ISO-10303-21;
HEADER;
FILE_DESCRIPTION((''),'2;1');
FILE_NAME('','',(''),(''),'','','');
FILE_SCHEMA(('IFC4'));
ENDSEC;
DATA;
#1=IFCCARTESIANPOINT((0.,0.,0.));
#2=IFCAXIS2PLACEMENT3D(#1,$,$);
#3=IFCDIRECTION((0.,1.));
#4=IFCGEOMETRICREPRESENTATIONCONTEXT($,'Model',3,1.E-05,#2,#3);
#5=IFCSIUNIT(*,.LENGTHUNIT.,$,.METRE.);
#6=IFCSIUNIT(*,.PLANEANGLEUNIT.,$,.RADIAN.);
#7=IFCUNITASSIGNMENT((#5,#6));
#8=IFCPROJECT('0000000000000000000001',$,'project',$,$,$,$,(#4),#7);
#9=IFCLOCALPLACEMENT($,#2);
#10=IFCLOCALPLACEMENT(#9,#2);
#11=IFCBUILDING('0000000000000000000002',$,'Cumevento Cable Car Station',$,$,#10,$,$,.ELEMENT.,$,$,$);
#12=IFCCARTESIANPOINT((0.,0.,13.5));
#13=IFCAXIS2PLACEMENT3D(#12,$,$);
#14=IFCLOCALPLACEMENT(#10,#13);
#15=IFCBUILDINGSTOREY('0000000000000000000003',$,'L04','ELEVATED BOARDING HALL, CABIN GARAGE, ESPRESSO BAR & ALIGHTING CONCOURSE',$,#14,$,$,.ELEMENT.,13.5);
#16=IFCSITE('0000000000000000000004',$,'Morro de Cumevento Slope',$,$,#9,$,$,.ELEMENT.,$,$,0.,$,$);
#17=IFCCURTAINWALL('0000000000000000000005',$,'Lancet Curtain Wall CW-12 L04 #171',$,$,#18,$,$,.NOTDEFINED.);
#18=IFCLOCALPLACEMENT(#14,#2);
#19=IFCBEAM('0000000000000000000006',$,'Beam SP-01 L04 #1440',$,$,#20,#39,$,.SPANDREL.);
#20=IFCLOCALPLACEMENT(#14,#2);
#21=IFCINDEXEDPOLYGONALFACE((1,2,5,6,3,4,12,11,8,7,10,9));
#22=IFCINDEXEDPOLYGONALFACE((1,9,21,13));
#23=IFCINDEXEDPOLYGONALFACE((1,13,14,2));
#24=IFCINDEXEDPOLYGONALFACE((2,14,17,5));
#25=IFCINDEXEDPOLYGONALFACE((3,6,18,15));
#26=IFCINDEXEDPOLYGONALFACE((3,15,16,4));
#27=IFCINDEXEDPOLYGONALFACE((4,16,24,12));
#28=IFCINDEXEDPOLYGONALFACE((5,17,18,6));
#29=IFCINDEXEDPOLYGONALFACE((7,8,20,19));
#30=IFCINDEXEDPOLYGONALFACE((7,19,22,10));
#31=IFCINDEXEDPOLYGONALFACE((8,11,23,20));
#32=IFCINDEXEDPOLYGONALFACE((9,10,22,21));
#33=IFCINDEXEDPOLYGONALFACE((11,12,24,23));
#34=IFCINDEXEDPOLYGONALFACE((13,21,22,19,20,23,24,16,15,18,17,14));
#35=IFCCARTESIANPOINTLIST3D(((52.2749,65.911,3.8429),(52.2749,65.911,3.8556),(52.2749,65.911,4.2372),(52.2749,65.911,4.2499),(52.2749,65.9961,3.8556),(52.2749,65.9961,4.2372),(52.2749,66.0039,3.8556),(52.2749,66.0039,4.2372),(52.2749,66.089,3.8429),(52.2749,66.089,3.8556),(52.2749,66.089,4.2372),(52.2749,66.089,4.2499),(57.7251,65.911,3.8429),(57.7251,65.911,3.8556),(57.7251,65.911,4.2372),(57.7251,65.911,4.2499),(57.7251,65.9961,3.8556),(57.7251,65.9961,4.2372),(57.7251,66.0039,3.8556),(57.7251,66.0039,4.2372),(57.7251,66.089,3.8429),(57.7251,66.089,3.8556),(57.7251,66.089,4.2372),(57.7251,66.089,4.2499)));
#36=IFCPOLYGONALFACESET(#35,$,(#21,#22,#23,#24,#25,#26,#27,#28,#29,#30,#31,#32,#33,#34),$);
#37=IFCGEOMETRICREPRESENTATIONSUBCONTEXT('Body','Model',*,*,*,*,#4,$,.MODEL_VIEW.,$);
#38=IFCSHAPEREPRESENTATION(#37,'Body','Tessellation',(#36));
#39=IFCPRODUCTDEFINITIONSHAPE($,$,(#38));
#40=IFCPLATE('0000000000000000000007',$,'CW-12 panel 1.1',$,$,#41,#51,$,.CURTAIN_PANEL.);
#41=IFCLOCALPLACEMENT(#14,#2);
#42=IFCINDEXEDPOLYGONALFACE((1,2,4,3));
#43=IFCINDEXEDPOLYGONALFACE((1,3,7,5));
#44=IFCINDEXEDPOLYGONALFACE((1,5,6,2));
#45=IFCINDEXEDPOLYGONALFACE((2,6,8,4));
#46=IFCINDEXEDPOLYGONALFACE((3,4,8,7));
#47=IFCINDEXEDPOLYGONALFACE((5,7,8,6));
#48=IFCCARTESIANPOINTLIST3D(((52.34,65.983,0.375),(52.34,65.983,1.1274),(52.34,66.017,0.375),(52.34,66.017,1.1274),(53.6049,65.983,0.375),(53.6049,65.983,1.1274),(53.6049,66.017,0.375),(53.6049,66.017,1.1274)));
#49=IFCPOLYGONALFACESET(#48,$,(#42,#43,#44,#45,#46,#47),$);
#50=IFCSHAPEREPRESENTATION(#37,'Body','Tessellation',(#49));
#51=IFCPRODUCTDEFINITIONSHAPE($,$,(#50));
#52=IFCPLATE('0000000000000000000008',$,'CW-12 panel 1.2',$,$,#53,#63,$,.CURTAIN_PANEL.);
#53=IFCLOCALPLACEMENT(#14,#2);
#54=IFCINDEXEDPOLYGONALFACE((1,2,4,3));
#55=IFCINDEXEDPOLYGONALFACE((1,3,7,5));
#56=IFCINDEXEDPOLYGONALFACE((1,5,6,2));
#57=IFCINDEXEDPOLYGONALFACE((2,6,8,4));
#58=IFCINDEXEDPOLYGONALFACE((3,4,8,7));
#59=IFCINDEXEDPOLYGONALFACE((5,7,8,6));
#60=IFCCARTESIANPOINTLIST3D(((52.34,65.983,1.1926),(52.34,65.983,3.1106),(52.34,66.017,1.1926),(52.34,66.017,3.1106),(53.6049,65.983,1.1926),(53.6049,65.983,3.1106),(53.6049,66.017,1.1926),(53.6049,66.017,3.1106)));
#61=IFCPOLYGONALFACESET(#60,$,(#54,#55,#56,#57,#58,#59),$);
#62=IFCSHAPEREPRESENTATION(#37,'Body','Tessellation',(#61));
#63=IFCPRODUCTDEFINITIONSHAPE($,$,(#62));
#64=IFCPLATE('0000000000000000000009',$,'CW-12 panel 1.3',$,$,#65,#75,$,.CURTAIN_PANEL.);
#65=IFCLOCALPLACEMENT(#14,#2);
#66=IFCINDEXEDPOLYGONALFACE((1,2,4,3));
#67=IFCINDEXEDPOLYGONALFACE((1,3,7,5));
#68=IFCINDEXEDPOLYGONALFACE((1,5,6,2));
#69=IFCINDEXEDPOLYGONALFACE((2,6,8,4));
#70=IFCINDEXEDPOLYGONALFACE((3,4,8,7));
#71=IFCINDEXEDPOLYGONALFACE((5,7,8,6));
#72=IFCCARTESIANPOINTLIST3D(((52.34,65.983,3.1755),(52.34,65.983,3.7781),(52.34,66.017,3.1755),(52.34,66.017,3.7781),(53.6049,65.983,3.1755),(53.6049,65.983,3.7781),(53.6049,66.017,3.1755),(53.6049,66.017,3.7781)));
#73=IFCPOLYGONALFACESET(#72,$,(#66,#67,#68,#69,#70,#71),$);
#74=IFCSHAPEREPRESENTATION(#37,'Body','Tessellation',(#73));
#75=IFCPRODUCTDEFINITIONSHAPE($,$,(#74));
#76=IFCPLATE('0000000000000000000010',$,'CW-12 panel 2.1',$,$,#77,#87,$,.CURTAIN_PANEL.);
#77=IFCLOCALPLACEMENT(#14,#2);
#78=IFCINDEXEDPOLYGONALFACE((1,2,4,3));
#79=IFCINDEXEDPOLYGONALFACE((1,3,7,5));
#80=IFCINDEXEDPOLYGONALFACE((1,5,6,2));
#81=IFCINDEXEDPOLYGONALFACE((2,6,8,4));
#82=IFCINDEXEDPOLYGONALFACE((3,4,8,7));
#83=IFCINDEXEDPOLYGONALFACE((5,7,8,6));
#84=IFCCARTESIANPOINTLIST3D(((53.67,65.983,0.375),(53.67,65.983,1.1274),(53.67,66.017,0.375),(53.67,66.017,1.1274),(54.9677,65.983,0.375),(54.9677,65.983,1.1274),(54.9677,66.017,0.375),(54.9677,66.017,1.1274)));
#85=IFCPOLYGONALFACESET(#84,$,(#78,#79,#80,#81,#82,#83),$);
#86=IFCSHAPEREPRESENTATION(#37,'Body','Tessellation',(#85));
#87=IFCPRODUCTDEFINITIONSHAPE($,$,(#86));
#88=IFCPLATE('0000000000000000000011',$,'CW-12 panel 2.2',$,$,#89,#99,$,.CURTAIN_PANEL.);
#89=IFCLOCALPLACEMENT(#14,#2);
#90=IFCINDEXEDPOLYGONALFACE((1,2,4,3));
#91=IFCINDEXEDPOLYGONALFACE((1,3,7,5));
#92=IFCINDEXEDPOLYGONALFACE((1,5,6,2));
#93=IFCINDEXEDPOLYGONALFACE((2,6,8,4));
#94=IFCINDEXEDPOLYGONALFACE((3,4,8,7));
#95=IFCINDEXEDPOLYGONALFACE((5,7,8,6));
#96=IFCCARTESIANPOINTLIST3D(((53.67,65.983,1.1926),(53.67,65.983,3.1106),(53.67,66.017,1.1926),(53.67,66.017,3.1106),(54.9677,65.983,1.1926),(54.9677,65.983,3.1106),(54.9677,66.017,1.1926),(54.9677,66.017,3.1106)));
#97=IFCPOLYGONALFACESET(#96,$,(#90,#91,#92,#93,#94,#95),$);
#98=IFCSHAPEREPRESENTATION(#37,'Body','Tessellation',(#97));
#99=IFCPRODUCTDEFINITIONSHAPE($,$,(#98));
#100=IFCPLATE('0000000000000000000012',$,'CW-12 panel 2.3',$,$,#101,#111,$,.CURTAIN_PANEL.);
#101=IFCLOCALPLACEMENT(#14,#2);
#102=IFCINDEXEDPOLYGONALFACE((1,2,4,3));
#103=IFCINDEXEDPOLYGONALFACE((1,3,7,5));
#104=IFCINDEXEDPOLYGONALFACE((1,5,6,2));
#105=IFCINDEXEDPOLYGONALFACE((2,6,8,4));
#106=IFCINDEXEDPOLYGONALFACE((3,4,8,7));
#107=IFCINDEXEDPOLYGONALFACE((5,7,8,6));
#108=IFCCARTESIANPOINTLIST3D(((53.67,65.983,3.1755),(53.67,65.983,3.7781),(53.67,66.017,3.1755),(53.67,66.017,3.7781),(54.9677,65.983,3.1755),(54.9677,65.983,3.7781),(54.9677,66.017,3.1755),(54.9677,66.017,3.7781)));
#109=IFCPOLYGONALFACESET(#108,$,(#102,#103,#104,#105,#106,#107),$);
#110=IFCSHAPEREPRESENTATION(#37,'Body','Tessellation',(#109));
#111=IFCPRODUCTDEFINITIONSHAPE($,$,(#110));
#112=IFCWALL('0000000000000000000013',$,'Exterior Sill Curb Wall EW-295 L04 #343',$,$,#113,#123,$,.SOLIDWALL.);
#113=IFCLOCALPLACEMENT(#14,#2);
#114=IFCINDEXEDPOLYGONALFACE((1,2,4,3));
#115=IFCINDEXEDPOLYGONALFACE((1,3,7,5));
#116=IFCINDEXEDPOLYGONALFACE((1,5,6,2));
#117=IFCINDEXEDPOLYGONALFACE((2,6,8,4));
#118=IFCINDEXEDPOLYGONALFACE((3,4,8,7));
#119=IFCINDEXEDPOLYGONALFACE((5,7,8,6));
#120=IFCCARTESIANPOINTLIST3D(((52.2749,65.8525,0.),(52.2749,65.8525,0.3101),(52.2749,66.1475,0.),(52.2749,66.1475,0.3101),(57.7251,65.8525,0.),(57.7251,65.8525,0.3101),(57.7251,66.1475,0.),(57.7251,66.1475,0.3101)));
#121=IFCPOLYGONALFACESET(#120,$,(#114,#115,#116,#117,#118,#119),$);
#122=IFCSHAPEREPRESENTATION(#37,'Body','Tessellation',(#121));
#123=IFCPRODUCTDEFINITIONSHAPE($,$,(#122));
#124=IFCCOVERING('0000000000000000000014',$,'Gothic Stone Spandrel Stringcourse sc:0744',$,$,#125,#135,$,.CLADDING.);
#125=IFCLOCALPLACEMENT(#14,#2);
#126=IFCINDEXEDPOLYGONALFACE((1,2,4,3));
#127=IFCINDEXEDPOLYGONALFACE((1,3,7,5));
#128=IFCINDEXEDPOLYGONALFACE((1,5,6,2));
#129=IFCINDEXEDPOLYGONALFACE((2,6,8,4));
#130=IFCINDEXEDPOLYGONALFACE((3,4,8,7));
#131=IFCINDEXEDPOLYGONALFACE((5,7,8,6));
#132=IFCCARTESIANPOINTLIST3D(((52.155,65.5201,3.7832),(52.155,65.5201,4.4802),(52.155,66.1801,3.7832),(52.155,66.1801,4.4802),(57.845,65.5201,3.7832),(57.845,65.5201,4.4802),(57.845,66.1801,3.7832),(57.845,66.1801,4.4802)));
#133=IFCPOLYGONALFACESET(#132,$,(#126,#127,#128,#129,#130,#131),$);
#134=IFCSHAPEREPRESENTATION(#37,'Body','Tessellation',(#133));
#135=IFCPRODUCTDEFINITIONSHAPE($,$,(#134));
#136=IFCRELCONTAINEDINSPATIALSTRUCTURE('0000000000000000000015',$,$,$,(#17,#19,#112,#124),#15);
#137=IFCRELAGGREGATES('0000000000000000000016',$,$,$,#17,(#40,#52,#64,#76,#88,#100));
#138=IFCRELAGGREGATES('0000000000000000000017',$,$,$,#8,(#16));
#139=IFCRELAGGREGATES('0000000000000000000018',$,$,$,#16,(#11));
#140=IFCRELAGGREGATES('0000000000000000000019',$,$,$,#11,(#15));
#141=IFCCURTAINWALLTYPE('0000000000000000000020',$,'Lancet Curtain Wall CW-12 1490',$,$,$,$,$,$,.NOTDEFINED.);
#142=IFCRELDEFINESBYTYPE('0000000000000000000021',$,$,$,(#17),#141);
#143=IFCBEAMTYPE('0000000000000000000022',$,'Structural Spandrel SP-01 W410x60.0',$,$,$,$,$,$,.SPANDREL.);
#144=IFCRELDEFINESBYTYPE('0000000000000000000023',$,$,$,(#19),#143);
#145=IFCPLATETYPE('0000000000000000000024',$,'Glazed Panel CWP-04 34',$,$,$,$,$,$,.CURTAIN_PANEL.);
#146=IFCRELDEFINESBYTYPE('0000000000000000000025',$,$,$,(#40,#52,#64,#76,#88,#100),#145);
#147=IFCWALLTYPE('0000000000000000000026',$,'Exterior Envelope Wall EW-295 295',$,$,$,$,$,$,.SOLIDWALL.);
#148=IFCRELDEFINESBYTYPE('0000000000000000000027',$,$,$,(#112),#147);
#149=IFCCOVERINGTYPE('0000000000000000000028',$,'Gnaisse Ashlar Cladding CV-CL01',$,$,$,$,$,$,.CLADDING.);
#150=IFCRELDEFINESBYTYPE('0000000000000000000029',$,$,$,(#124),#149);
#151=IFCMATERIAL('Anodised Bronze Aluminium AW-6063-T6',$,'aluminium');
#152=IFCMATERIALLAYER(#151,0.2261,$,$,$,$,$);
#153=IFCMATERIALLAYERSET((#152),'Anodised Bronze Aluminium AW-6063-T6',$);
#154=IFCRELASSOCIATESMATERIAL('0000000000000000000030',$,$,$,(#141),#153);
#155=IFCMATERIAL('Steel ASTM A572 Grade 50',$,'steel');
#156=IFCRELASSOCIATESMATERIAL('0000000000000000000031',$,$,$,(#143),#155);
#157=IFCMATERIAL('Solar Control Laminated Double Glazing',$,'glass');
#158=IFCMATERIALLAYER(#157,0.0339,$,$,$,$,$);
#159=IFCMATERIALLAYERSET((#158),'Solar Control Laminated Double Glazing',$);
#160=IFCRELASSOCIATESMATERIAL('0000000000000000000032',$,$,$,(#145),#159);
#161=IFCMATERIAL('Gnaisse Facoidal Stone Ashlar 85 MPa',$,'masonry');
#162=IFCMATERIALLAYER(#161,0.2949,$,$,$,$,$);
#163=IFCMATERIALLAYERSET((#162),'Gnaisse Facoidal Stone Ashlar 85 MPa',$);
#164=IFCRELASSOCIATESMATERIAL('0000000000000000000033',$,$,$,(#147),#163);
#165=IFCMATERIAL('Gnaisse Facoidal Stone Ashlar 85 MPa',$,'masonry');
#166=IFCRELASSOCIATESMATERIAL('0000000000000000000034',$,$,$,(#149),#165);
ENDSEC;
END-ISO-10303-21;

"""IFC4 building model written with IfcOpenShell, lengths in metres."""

from ifc_helpers import new_model, si_unit, direction, frame, frame_2d, origin, origin_2d, place, context, subcontext, project, spatial, rectangle, i_section, extrude, material, layer, layer_set, material_profile, profile_set, type_object, element, aggregate, save


model = new_model("IFC4")

# Units and contexts
model_context = context("Model", 3, precision=1e-05, world=origin(), true_north=direction((0.0, 1.0)))
body_context = subcontext(model_context, "Body", "Model", "MODEL_VIEW")
ifc_project = project(units=[si_unit("LENGTHUNIT", "METRE"), si_unit("PLANEANGLEUNIT", "RADIAN")], contexts=[model_context])

# Site, building, storey
site_placement = place(None, origin())
site = spatial("IfcSite", under=ifc_project, at=site_placement, Name="Morro de Cumevento Slope", CompositionType="ELEMENT", RefElevation=0.0)
building_placement = place(site_placement, origin())
building = spatial("IfcBuilding", under=site, at=building_placement, Name="Cumevento Cable Car Station", CompositionType="ELEMENT")
storey_placement = place(building_placement, frame((0.0, 0.0, 13.5)))
storey = spatial("IfcBuildingStorey", under=building, at=storey_placement, Name="L04", Description="ELEVATED BOARDING HALL, CABIN GARAGE, ESPRESSO BAR & ALIGHTING CONCOURSE", CompositionType="ELEMENT", Elevation=13.5)

# Curtain wall
ifc_material_1 = material(Name="Anodised Bronze Aluminium AW-6063-T6", Category="aluminium")
ifc_layer_1 = layer(ifc_material_1, 0.2261)
ifc_layer_set_1 = layer_set([ifc_layer_1], Name="Anodised Bronze Aluminium AW-6063-T6")
curtain_wall_type = type_object("IfcCurtainWallType", Name="Lancet Curtain Wall CW-12 1490", PredefinedType="NOTDEFINED", material=ifc_layer_set_1)
curtain_wall_placement = place(storey_placement, origin())
curtain_wall = element("IfcCurtainWall", 1, at=curtain_wall_placement, inside=storey, type_object=curtain_wall_type, Name="Lancet Curtain Wall CW-12 L04 #171", PredefinedType="NOTDEFINED")

# Beam
ifc_material_2 = material(Name="Steel ASTM A572 Grade 50", Category="steel")
ifc_material_profile_1 = material_profile(ifc_material_2, i_section(OverallWidth=0.178, OverallDepth=0.407, WebThickness=0.0078, FlangeThickness=0.0127, at=origin_2d()), Name="W410x60.0")
ifc_profile_set_1 = profile_set([ifc_material_profile_1], Name="Steel ASTM A572 Grade 50")
beam_type = type_object("IfcBeamType", Name="Structural Spandrel SP-01 W410x60.0", PredefinedType="SPANDREL", material=ifc_profile_set_1)
beam_placement = place(storey_placement, frame((52.2749, 66.0, 4.0464), z_axis=(1.0, 0.0, 0.0), x_axis=(0.0, 1.0, 0.0)))
element("IfcBeam", 2, at=beam_placement, inside=storey, type_object=beam_type, Name="Beam SP-01 L04 #1440", PredefinedType="SPANDREL", context=body_context, shape_type="SweptSolid", body=[
    extrude(i_section(OverallWidth=0.178, OverallDepth=0.407, WebThickness=0.0078, FlangeThickness=0.0127, at=origin_2d()), origin(), (0.0, 0.0, 1.0), 5.4502),
])

# Plates
ifc_material_3 = material(Name="Solar Control Laminated Double Glazing", Category="glass")
ifc_layer_2 = layer(ifc_material_3, 0.0339)
ifc_layer_set_2 = layer_set([ifc_layer_2], Name="Solar Control Laminated Double Glazing")
plate_type = type_object("IfcPlateType", Name="Glazed Panel CWP-04 34", PredefinedType="CURTAIN_PANEL", material=ifc_layer_set_2)
plate_1_placement = place(storey_placement, frame((52.9724, 66.0, 0.375), z_axis=(0.0, 0.0, 1.0), x_axis=(1.0, 0.0, 0.0)))
plate_1 = element("IfcPlate", 3, at=plate_1_placement, type_object=plate_type, Name="CW-12 panel 1.1", PredefinedType="CURTAIN_PANEL", context=body_context, shape_type="SweptSolid", body=[
    extrude(rectangle(XDim=1.2649, YDim=0.0339, at=origin_2d()), origin(), (0.0, 0.0, 1.0), 0.7524),
])
plate_2_placement = place(storey_placement, frame((52.9724, 66.0, 1.1926), z_axis=(0.0, 0.0, 1.0), x_axis=(1.0, 0.0, 0.0)))
plate_2 = element("IfcPlate", 4, at=plate_2_placement, type_object=plate_type, Name="CW-12 panel 1.2", PredefinedType="CURTAIN_PANEL", context=body_context, shape_type="SweptSolid", body=[
    extrude(rectangle(XDim=1.2649, YDim=0.0339, at=origin_2d()), origin(), (0.0, 0.0, 1.0), 1.918),
])
plate_3_placement = place(storey_placement, frame((52.9724, 66.0, 3.1755), z_axis=(0.0, 0.0, 1.0), x_axis=(1.0, 0.0, 0.0)))
plate_3 = element("IfcPlate", 5, at=plate_3_placement, type_object=plate_type, Name="CW-12 panel 1.3", PredefinedType="CURTAIN_PANEL", context=body_context, shape_type="SweptSolid", body=[
    extrude(rectangle(XDim=1.2649, YDim=0.0339, at=origin_2d()), origin(), (0.0, 0.0, 1.0), 0.6025),
])
plate_4_placement = place(storey_placement, frame((54.3188, 66.0, 0.375), z_axis=(0.0, 0.0, 1.0), x_axis=(1.0, 0.0, 0.0)))
plate_4 = element("IfcPlate", 6, at=plate_4_placement, type_object=plate_type, Name="CW-12 panel 2.1", PredefinedType="CURTAIN_PANEL", context=body_context, shape_type="SweptSolid", body=[
    extrude(rectangle(XDim=1.2976, YDim=0.0339, at=origin_2d()), origin(), (0.0, 0.0, 1.0), 0.7524),
])
plate_5_placement = place(storey_placement, frame((54.3188, 66.0, 1.1926), z_axis=(0.0, 0.0, 1.0), x_axis=(1.0, 0.0, 0.0)))
plate_5 = element("IfcPlate", 7, at=plate_5_placement, type_object=plate_type, Name="CW-12 panel 2.2", PredefinedType="CURTAIN_PANEL", context=body_context, shape_type="SweptSolid", body=[
    extrude(rectangle(XDim=1.2976, YDim=0.0339, at=origin_2d()), origin(), (0.0, 0.0, 1.0), 1.918),
])
plate_6_placement = place(storey_placement, frame((54.3188, 66.0, 3.1755), z_axis=(0.0, 0.0, 1.0), x_axis=(1.0, 0.0, 0.0)))
plate_6 = element("IfcPlate", 8, at=plate_6_placement, type_object=plate_type, Name="CW-12 panel 2.3", PredefinedType="CURTAIN_PANEL", context=body_context, shape_type="SweptSolid", body=[
    extrude(rectangle(XDim=1.2976, YDim=0.0339, at=origin_2d()), origin(), (0.0, 0.0, 1.0), 0.6025),
])
aggregate(curtain_wall, [plate_1, plate_2, plate_3, plate_4, plate_5, plate_6])

# Wall
ifc_material_4 = material(Name="Gnaisse Facoidal Stone Ashlar 85 MPa", Category="masonry")
ifc_layer_3 = layer(ifc_material_4, 0.2949)
ifc_layer_set_3 = layer_set([ifc_layer_3], Name="Gnaisse Facoidal Stone Ashlar 85 MPa")
wall_type = type_object("IfcWallType", Name="Exterior Envelope Wall EW-295 295", PredefinedType="SOLIDWALL", material=ifc_layer_set_3)
wall_placement = place(storey_placement, frame((52.2749, 66.0, 0.0), z_axis=(0.0, 0.0, 1.0), x_axis=(1.0, 0.0, 0.0)))
element("IfcWall", 9, at=wall_placement, inside=storey, type_object=wall_type, Name="Exterior Sill Curb Wall EW-295 L04 #343", PredefinedType="SOLIDWALL", context=body_context, shape_type="SweptSolid", body=[
    extrude(rectangle(XDim=5.4502, YDim=0.2949, at=frame_2d((2.7251, 0.0))), origin(), (0.0, 0.0, 1.0), 0.3101),
])

# Covering
ifc_material_5 = material(Name="Gnaisse Facoidal Stone Ashlar 85 MPa", Category="masonry")
covering_type = type_object("IfcCoveringType", Name="Gnaisse Ashlar Cladding CV-CL01", PredefinedType="CLADDING", material=ifc_material_5)
covering_1_placement = place(storey_placement, frame((55.0, 65.8501, 3.7832), z_axis=(0.0, 0.0, 1.0), x_axis=(1.0, 0.0, 0.0)))
element("IfcCovering", 10, at=covering_1_placement, inside=storey, type_object=covering_type, Name="Gothic Stone Spandrel Stringcourse sc:0744", PredefinedType="CLADDING", context=body_context, shape_type="SweptSolid", body=[
    extrude(rectangle(XDim=5.6899, YDim=0.6599, at=origin_2d()), origin(), (0.0, 0.0, 1.0), 0.697),
])

save(model, "model.ifc")
